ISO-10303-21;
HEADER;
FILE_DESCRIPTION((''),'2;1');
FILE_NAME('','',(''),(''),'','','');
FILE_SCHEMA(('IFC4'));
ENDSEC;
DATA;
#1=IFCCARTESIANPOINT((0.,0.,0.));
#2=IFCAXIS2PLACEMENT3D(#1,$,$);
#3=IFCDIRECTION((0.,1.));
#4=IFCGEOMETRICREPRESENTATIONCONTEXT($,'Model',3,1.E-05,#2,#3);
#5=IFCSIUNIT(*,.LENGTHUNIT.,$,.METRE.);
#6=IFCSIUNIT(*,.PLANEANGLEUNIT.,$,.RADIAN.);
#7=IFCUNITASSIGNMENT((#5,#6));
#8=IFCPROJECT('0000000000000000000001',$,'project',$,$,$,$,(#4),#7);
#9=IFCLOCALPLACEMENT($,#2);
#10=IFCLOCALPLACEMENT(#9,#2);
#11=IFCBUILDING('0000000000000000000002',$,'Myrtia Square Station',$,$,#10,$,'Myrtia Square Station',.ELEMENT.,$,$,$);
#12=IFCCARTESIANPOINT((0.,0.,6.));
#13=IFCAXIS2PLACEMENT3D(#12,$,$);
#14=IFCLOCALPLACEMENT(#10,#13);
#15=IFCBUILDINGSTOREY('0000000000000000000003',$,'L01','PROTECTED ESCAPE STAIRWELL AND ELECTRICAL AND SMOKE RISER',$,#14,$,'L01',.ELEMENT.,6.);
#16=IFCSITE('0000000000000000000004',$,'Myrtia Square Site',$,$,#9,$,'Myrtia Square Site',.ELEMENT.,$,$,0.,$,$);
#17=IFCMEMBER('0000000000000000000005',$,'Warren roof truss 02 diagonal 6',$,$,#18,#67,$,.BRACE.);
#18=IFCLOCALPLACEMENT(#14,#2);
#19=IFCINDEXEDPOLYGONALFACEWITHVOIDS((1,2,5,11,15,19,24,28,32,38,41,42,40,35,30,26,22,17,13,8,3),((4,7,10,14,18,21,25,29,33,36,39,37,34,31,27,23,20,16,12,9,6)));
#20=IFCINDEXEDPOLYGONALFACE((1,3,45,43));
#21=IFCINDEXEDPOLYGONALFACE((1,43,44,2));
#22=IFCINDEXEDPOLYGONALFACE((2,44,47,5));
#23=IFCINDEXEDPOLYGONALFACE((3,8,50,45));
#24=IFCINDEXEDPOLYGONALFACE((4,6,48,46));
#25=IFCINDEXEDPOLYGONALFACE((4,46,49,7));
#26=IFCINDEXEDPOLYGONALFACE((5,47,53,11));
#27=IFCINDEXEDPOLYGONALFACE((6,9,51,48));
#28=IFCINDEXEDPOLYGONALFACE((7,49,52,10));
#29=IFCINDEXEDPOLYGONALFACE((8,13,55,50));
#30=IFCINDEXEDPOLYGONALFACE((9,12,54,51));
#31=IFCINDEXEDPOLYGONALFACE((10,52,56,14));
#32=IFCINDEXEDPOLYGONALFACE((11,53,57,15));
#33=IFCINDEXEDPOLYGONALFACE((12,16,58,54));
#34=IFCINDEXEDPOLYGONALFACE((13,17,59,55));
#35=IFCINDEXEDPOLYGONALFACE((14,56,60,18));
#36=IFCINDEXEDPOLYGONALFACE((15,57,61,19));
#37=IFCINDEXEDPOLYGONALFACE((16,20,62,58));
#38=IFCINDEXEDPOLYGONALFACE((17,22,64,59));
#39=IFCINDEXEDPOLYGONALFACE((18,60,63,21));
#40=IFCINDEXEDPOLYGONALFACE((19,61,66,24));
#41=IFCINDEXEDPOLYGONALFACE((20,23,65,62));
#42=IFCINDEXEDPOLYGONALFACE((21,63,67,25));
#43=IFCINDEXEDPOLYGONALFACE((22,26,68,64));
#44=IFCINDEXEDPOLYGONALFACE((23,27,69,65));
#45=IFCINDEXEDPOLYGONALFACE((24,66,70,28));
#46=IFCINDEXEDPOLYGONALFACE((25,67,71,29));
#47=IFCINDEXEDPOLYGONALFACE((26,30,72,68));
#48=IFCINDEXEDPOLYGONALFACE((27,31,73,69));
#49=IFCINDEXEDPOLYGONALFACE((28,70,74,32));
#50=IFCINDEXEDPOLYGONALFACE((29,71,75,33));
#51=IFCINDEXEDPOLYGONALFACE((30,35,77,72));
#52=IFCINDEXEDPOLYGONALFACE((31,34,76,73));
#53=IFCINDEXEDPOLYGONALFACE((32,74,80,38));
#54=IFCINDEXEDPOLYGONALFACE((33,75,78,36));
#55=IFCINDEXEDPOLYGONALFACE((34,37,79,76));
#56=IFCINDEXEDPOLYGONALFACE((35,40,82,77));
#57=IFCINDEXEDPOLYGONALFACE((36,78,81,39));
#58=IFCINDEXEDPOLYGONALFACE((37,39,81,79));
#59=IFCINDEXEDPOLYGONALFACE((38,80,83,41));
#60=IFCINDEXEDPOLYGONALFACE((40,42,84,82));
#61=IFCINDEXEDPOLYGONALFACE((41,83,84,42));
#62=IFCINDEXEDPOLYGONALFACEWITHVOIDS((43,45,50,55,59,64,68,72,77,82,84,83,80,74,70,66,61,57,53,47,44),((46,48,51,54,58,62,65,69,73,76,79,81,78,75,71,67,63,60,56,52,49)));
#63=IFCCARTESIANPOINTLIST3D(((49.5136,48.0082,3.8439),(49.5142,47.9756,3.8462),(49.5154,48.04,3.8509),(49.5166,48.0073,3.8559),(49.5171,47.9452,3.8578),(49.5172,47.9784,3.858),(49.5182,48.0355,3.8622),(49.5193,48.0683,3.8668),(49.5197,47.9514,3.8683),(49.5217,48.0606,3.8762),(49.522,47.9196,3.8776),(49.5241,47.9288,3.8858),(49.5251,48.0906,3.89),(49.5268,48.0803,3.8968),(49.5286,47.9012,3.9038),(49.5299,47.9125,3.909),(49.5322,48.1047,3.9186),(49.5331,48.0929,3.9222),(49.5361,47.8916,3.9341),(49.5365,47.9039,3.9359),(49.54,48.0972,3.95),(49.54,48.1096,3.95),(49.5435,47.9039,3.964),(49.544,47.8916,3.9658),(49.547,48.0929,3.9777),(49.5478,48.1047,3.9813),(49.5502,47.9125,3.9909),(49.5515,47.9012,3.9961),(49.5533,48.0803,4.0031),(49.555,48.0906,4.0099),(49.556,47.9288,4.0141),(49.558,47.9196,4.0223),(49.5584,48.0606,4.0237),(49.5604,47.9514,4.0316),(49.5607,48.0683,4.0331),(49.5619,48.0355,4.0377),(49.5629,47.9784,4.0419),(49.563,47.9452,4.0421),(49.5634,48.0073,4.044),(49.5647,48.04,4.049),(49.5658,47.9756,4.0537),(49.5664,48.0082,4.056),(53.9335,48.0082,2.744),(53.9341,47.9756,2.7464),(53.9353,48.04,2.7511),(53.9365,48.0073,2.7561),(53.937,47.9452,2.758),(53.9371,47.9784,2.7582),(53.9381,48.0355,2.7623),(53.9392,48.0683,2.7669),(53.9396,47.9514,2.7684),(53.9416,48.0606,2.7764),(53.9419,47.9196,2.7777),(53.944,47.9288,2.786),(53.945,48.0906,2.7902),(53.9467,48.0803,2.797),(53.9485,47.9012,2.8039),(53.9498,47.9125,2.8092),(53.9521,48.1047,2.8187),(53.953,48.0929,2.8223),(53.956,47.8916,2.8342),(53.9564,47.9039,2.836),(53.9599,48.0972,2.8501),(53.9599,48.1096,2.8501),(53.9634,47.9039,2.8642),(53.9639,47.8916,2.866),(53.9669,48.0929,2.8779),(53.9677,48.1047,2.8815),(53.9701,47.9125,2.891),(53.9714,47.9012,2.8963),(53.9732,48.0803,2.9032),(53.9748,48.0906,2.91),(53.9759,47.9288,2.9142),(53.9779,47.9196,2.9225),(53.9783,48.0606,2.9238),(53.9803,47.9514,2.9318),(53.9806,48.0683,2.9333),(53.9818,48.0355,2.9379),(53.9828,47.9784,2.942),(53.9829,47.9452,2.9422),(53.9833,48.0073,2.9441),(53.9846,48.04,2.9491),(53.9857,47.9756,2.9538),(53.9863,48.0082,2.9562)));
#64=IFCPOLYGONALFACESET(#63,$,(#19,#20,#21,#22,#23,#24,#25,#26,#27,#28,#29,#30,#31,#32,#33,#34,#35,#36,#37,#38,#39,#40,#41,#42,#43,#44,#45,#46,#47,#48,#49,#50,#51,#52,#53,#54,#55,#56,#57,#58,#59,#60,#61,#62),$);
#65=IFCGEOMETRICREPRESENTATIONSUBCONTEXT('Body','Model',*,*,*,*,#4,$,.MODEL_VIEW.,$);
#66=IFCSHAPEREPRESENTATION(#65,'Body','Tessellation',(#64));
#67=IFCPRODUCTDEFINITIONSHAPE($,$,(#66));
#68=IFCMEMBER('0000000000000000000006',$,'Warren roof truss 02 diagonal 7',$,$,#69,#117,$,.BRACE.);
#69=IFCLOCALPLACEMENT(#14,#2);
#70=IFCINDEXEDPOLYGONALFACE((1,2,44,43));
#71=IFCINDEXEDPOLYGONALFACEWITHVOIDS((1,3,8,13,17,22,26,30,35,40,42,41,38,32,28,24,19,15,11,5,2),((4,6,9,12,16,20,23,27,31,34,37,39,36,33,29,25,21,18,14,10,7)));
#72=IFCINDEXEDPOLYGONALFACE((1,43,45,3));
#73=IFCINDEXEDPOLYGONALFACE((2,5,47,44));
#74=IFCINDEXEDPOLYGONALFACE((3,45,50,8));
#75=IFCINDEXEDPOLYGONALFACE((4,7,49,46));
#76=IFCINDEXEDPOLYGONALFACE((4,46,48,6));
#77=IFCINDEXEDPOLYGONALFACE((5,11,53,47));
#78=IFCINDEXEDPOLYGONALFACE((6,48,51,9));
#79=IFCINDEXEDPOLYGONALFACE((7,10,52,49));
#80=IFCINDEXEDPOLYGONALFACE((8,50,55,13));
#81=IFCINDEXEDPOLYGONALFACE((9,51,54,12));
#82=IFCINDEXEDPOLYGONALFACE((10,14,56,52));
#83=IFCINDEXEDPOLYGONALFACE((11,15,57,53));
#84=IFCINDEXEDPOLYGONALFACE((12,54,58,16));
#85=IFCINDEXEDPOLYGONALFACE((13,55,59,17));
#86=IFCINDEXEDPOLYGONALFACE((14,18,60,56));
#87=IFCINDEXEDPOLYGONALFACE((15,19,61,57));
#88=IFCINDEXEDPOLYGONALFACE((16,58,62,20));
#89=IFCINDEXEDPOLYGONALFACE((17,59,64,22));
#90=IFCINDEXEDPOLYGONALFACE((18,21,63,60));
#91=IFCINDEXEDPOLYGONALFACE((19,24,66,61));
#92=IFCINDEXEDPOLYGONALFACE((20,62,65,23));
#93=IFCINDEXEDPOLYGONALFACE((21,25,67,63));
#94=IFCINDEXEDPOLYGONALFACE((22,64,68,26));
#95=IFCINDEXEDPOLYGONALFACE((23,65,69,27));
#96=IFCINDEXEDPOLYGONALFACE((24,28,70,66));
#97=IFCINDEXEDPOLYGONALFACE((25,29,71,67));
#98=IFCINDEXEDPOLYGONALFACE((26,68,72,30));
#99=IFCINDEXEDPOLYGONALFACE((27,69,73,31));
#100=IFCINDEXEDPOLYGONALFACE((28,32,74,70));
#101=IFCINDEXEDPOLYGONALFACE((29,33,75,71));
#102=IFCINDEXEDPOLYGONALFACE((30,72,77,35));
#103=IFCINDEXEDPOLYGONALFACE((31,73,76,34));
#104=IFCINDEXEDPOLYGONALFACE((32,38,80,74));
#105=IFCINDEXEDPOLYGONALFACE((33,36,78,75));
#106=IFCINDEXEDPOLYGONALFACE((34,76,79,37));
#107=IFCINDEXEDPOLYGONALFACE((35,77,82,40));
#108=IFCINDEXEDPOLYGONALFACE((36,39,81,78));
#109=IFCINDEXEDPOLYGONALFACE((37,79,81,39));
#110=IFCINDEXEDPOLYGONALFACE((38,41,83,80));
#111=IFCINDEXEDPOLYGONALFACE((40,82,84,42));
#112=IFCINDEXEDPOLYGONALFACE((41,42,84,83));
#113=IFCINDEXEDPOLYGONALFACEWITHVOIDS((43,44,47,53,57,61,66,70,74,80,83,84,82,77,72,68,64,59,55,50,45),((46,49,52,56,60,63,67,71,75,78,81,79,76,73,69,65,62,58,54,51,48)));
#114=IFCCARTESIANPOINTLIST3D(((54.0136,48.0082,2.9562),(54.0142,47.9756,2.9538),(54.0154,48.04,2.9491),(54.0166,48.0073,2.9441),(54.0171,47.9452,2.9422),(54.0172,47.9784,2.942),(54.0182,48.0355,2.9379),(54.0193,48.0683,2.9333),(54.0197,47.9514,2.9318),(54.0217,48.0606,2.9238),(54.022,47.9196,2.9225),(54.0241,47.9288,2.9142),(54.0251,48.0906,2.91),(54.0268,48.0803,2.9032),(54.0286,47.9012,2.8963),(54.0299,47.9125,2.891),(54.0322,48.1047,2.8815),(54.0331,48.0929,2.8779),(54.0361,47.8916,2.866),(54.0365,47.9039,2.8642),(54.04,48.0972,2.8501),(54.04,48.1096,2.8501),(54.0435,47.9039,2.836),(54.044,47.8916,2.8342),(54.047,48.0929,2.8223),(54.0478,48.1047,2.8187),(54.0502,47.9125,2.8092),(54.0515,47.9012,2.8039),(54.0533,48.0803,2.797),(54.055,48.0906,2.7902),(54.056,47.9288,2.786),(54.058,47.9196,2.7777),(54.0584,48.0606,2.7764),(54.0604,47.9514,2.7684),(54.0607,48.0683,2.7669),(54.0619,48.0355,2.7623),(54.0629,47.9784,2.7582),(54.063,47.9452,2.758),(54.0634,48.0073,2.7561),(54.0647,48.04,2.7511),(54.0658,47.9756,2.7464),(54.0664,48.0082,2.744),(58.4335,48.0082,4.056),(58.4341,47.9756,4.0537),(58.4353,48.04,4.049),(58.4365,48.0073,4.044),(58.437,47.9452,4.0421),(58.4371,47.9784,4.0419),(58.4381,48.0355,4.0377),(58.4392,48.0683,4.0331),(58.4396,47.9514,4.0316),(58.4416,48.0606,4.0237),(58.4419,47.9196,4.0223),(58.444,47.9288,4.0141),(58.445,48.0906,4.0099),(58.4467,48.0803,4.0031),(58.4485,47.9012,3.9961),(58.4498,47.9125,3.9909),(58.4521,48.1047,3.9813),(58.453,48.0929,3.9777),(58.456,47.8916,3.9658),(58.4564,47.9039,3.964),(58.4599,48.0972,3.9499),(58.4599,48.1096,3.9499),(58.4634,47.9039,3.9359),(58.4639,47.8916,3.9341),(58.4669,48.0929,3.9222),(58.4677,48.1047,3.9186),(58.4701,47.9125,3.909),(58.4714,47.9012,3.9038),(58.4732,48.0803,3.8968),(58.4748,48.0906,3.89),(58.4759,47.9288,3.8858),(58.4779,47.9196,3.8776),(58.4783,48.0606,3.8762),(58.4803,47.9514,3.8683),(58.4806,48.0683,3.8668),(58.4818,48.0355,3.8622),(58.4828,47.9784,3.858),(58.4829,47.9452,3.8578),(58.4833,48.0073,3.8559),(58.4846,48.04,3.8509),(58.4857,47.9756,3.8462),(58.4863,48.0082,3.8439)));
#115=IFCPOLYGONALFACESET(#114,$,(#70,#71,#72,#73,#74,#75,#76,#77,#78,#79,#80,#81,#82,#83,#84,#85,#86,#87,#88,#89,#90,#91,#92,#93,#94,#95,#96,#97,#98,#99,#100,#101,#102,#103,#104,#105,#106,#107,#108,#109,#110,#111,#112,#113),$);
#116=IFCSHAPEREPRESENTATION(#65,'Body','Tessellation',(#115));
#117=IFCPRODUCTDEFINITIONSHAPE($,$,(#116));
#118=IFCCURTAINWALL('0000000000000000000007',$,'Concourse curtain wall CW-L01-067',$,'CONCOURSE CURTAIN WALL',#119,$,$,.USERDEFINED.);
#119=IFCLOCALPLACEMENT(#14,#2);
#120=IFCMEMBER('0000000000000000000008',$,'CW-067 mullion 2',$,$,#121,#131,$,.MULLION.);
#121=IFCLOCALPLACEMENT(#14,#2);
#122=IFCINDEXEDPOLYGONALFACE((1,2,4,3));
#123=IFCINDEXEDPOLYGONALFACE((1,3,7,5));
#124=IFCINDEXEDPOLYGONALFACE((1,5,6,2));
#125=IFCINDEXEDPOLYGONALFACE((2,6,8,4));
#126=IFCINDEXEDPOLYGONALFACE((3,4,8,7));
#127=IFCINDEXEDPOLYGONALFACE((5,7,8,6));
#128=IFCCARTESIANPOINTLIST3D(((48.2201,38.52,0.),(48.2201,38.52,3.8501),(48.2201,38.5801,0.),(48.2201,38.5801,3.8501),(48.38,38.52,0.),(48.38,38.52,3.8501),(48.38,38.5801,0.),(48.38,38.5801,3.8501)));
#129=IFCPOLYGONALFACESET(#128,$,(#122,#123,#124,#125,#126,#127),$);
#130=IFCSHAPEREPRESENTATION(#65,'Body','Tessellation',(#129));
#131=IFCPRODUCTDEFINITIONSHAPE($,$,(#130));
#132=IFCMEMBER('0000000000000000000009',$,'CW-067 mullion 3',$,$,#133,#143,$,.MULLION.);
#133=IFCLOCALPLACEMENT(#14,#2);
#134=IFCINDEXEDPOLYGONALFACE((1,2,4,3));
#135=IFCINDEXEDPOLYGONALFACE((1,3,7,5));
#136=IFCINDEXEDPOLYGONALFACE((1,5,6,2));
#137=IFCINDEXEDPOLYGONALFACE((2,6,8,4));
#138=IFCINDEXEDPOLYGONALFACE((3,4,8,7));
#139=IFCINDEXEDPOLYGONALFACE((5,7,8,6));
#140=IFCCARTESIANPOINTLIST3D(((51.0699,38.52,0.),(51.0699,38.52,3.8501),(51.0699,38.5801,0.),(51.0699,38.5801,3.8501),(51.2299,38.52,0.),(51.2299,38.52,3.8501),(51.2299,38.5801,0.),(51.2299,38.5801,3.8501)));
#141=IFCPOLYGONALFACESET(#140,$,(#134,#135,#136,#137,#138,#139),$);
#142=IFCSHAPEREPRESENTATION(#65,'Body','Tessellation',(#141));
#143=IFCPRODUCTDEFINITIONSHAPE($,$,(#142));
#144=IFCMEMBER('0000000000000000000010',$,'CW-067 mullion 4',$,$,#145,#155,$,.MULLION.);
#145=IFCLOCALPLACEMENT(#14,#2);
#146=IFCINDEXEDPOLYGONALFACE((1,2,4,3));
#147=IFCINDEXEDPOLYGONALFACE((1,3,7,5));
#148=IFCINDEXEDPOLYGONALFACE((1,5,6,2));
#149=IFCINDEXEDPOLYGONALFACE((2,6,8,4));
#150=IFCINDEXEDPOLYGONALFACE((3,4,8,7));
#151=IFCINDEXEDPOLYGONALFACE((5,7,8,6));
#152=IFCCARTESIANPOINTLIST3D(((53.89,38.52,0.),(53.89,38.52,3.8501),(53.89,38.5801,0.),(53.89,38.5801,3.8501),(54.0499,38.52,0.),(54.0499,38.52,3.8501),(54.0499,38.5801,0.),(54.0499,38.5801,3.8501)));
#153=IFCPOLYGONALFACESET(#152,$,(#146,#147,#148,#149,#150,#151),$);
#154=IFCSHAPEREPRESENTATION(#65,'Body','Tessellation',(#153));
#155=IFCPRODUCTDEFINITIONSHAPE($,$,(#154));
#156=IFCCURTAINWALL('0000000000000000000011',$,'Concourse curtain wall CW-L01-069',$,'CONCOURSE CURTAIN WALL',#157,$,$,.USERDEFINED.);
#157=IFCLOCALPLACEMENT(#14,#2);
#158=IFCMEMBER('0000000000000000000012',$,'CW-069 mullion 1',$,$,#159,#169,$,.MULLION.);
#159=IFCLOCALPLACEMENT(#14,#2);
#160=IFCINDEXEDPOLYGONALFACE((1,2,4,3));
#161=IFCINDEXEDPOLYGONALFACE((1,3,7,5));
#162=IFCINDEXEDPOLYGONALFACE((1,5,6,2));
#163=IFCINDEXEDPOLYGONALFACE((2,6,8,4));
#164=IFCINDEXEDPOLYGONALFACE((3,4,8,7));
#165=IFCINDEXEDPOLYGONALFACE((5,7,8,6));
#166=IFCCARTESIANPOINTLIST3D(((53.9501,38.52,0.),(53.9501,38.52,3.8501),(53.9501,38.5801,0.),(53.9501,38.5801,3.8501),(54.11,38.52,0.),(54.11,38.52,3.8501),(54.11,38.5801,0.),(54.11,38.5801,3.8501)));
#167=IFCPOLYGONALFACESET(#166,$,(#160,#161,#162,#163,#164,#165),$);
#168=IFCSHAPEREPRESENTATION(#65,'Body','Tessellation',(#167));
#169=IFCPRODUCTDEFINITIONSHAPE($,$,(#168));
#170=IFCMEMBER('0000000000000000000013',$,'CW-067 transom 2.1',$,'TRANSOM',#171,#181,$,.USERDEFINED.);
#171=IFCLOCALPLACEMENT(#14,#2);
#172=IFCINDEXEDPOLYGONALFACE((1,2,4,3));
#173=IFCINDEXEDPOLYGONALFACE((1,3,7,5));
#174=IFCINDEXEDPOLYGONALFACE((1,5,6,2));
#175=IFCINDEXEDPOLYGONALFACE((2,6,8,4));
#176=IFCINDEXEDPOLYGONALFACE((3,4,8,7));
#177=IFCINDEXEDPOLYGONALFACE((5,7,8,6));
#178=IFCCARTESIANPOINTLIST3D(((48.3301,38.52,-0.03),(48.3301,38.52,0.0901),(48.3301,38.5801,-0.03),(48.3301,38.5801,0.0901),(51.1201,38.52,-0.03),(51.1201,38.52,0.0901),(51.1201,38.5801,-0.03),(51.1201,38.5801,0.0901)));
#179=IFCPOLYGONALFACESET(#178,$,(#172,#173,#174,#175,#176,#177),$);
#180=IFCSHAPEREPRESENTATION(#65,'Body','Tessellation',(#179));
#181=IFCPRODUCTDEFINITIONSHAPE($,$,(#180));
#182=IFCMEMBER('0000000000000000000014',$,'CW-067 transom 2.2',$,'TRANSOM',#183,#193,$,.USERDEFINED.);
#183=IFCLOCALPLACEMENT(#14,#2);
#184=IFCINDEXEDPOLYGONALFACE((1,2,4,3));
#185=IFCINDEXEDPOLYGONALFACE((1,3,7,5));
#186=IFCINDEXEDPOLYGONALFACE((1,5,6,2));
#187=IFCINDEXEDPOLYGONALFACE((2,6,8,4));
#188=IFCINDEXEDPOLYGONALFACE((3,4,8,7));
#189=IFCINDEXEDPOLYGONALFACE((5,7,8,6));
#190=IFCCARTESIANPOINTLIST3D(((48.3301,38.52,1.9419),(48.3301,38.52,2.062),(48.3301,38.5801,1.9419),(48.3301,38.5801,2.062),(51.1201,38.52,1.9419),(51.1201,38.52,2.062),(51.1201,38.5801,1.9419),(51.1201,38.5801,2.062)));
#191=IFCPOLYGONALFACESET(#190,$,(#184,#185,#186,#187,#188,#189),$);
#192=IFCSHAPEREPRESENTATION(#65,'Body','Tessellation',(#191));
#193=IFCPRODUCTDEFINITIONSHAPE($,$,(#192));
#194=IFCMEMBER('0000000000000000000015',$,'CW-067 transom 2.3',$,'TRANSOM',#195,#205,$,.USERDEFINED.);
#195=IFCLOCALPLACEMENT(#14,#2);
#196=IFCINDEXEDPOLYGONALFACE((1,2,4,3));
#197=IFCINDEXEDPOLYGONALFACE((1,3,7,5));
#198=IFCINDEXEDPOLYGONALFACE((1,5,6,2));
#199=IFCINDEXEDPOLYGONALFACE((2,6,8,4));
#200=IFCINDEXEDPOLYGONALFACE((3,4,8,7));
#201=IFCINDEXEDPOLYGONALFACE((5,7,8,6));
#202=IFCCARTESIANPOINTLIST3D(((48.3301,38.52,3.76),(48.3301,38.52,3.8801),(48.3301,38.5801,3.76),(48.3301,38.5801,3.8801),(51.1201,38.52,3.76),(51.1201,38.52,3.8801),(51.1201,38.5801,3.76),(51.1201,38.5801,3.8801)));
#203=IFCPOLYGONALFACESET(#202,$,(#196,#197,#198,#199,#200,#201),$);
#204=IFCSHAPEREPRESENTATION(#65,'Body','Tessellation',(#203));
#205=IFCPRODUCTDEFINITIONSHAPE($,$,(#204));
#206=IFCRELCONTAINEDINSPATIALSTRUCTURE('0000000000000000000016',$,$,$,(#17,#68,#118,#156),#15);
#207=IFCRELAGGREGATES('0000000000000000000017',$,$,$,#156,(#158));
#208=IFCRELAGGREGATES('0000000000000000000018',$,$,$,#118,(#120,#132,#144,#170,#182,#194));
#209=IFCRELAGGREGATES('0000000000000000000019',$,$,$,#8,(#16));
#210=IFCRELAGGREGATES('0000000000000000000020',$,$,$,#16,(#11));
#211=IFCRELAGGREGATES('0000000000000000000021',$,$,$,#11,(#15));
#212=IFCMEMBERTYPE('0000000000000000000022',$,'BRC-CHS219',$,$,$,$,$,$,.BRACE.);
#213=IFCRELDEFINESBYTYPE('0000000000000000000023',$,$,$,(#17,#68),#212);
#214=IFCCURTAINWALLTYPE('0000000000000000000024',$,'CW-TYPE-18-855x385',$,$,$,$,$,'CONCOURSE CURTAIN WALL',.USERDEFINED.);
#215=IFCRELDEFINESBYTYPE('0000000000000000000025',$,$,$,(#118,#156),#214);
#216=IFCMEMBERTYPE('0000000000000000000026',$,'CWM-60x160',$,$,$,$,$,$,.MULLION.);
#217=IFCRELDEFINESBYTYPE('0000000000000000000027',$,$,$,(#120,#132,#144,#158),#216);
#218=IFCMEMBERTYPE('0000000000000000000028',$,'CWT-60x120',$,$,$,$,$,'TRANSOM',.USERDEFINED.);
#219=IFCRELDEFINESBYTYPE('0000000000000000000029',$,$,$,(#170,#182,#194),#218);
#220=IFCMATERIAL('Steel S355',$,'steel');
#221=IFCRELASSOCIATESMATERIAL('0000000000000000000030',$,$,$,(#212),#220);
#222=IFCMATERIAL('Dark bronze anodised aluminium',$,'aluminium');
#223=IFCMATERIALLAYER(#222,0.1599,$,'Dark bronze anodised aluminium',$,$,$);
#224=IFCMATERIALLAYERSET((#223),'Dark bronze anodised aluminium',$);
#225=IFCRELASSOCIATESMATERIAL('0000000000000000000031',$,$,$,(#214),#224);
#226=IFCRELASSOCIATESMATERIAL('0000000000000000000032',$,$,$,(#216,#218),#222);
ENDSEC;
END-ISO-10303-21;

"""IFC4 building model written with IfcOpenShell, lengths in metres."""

from ifc_helpers import new_model, si_unit, direction, frame, origin, origin_2d, place, context, subcontext, project, spatial, rectangle, hollow_circle, extrude, material, layer, layer_set, material_profile, profile_set, type_object, element, aggregate, save


model = new_model("IFC4")

# Units and contexts
model_context = context("Model", 3, precision=1e-05, world=origin(), true_north=direction((0.0, 1.0)))
body_context = subcontext(model_context, "Body", "Model", "MODEL_VIEW")
ifc_project = project(units=[si_unit("LENGTHUNIT", "METRE"), si_unit("PLANEANGLEUNIT", "RADIAN")], contexts=[model_context])

# Site, building, storey
site_placement = place(None, origin())
site = spatial("IfcSite", under=ifc_project, at=site_placement, Name="Myrtia Square Site", LongName="Myrtia Square Site", CompositionType="ELEMENT", RefElevation=0.0)
building_placement = place(site_placement, origin())
building = spatial("IfcBuilding", under=site, at=building_placement, Name="Myrtia Square Station", LongName="Myrtia Square Station", CompositionType="ELEMENT")
storey_placement = place(building_placement, frame((0.0, 0.0, 6.0)))
storey = spatial("IfcBuildingStorey", under=building, at=storey_placement, Name="L01", Description="PROTECTED ESCAPE STAIRWELL AND ELECTRICAL AND SMOKE RISER", LongName="L01", CompositionType="ELEMENT", Elevation=6.0)

# Members
ifc_material_1 = material(Name="Steel S355", Category="steel")
ifc_material_profile_1 = material_profile(ifc_material_1, hollow_circle(Radius=0.1096, WallThickness=0.0125, at=origin_2d()), Name="CHS 219.1x12.5")
ifc_profile_set_1 = profile_set([ifc_material_profile_1], Name="Steel S355")
member_type_1 = type_object("IfcMemberType", Name="BRC-CHS219", PredefinedType="BRACE", material=ifc_profile_set_1)
for number, where, z_axis, x_axis, name in (
    (1, (49.54, 48.0, 3.95), (0.970407, 0.0, -0.241476), (0.0, 1.0, 0.0), "Warren roof truss 02 diagonal 6"),
    (2, (54.04, 48.0, 2.8501), (0.970407, 0.0, 0.241476), (0.0, 1.0, 0.0), "Warren roof truss 02 diagonal 7"),
):
    element("IfcMember", number, at=place(storey_placement, frame(where, z_axis=z_axis, x_axis=x_axis)), inside=storey, type_object=member_type_1, Name=name, PredefinedType="BRACE", context=body_context, shape_type="SweptSolid", body=[
        extrude(hollow_circle(Radius=0.1096, WallThickness=0.0125, at=origin_2d()), origin(), (0.0, 0.0, 1.0), 4.5547),
    ])

# Curtain wall, members
ifc_material_2 = material(Name="Dark bronze anodised aluminium", Category="aluminium")
ifc_layer_1 = layer(ifc_material_2, 0.1599, Name="Dark bronze anodised aluminium")
ifc_layer_set_1 = layer_set([ifc_layer_1], Name="Dark bronze anodised aluminium")
curtain_wall_type = type_object("IfcCurtainWallType", Name="CW-TYPE-18-855x385", ElementType="CONCOURSE CURTAIN WALL", PredefinedType="USERDEFINED", material=ifc_layer_set_1)
curtain_wall_1_placement = place(storey_placement, origin())
curtain_wall_1 = element("IfcCurtainWall", 3, at=curtain_wall_1_placement, inside=storey, type_object=curtain_wall_type, Name="Concourse curtain wall CW-L01-067", ObjectType="CONCOURSE CURTAIN WALL", PredefinedType="USERDEFINED")
ifc_material_profile_2 = material_profile(ifc_material_2, rectangle(XDim=0.0601, YDim=0.1599, at=origin_2d()), Name="ALU-M 60x160")
ifc_profile_set_2 = profile_set([ifc_material_profile_2], Name="Dark bronze anodised aluminium")
member_type_2 = type_object("IfcMemberType", Name="CWM-60x160", PredefinedType="MULLION", material=ifc_profile_set_2)
member_1_placement = place(storey_placement, frame((48.3, 38.55, 0.0), z_axis=(0.0, 0.0, 1.0), x_axis=(0.0, 1.0, 0.0)))
member_1 = element("IfcMember", 4, at=member_1_placement, type_object=member_type_2, Name="CW-067 mullion 2", PredefinedType="MULLION", context=body_context, shape_type="SweptSolid", body=[
    extrude(rectangle(XDim=0.0601, YDim=0.1599, at=origin_2d()), origin(), (0.0, 0.0, 1.0), 3.8501),
])
member_2_placement = place(storey_placement, frame((51.1499, 38.55, 0.0), z_axis=(0.0, 0.0, 1.0), x_axis=(0.0, 1.0, 0.0)))
member_2 = element("IfcMember", 5, at=member_2_placement, type_object=member_type_2, Name="CW-067 mullion 3", PredefinedType="MULLION", context=body_context, shape_type="SweptSolid", body=[
    extrude(rectangle(XDim=0.0601, YDim=0.1599, at=origin_2d()), origin(), (0.0, 0.0, 1.0), 3.8501),
])
member_3_placement = place(storey_placement, frame((53.97, 38.55, 0.0), z_axis=(0.0, 0.0, 1.0), x_axis=(0.0, 1.0, 0.0)))
member_3 = element("IfcMember", 6, at=member_3_placement, type_object=member_type_2, Name="CW-067 mullion 4", PredefinedType="MULLION", context=body_context, shape_type="SweptSolid", body=[
    extrude(rectangle(XDim=0.0601, YDim=0.1599, at=origin_2d()), origin(), (0.0, 0.0, 1.0), 3.8501),
])

# Curtain wall, member
curtain_wall_2_placement = place(storey_placement, origin())
curtain_wall_2 = element("IfcCurtainWall", 7, at=curtain_wall_2_placement, inside=storey, type_object=curtain_wall_type, Name="Concourse curtain wall CW-L01-069", ObjectType="CONCOURSE CURTAIN WALL", PredefinedType="USERDEFINED")
member_4_placement = place(storey_placement, frame((54.03, 38.55, 0.0), z_axis=(0.0, 0.0, 1.0), x_axis=(0.0, 1.0, 0.0)))
member_4 = element("IfcMember", 8, at=member_4_placement, type_object=member_type_2, Name="CW-069 mullion 1", PredefinedType="MULLION", context=body_context, shape_type="SweptSolid", body=[
    extrude(rectangle(XDim=0.0601, YDim=0.1599, at=origin_2d()), origin(), (0.0, 0.0, 1.0), 3.8501),
])
aggregate(curtain_wall_2, [member_4])

# Members
ifc_material_profile_3 = material_profile(ifc_material_2, rectangle(XDim=0.0601, YDim=0.1201, at=origin_2d()), Name="ALU-T 60x120")
ifc_profile_set_3 = profile_set([ifc_material_profile_3], Name="Dark bronze anodised aluminium")
member_type_3 = type_object("IfcMemberType", Name="CWT-60x120", ElementType="TRANSOM", PredefinedType="USERDEFINED", material=ifc_profile_set_3)
member_5_placement = place(storey_placement, frame((48.3301, 38.55, 0.03), z_axis=(1.0, 0.0, 0.0), x_axis=(0.0, 1.0, 0.0)))
member_5 = element("IfcMember", 9, at=member_5_placement, type_object=member_type_3, Name="CW-067 transom 2.1", ObjectType="TRANSOM", PredefinedType="USERDEFINED", context=body_context, shape_type="SweptSolid", body=[
    extrude(rectangle(XDim=0.0601, YDim=0.1201, at=origin_2d()), origin(), (0.0, 0.0, 1.0), 2.79),
])
member_6_placement = place(storey_placement, frame((48.3301, 38.55, 2.002), z_axis=(1.0, 0.0, 0.0), x_axis=(0.0, 1.0, 0.0)))
member_6 = element("IfcMember", 10, at=member_6_placement, type_object=member_type_3, Name="CW-067 transom 2.2", ObjectType="TRANSOM", PredefinedType="USERDEFINED", context=body_context, shape_type="SweptSolid", body=[
    extrude(rectangle(XDim=0.0601, YDim=0.1201, at=origin_2d()), origin(), (0.0, 0.0, 1.0), 2.79),
])
member_7_placement = place(storey_placement, frame((48.3301, 38.55, 3.8201), z_axis=(1.0, 0.0, 0.0), x_axis=(0.0, 1.0, 0.0)))
member_7 = element("IfcMember", 11, at=member_7_placement, type_object=member_type_3, Name="CW-067 transom 2.3", ObjectType="TRANSOM", PredefinedType="USERDEFINED", context=body_context, shape_type="SweptSolid", body=[
    extrude(rectangle(XDim=0.0601, YDim=0.1201, at=origin_2d()), origin(), (0.0, 0.0, 1.0), 2.79),
])

aggregate(curtain_wall_1, [member_1, member_2, member_3, member_5, member_6, member_7])

save(model, "model.ifc")
